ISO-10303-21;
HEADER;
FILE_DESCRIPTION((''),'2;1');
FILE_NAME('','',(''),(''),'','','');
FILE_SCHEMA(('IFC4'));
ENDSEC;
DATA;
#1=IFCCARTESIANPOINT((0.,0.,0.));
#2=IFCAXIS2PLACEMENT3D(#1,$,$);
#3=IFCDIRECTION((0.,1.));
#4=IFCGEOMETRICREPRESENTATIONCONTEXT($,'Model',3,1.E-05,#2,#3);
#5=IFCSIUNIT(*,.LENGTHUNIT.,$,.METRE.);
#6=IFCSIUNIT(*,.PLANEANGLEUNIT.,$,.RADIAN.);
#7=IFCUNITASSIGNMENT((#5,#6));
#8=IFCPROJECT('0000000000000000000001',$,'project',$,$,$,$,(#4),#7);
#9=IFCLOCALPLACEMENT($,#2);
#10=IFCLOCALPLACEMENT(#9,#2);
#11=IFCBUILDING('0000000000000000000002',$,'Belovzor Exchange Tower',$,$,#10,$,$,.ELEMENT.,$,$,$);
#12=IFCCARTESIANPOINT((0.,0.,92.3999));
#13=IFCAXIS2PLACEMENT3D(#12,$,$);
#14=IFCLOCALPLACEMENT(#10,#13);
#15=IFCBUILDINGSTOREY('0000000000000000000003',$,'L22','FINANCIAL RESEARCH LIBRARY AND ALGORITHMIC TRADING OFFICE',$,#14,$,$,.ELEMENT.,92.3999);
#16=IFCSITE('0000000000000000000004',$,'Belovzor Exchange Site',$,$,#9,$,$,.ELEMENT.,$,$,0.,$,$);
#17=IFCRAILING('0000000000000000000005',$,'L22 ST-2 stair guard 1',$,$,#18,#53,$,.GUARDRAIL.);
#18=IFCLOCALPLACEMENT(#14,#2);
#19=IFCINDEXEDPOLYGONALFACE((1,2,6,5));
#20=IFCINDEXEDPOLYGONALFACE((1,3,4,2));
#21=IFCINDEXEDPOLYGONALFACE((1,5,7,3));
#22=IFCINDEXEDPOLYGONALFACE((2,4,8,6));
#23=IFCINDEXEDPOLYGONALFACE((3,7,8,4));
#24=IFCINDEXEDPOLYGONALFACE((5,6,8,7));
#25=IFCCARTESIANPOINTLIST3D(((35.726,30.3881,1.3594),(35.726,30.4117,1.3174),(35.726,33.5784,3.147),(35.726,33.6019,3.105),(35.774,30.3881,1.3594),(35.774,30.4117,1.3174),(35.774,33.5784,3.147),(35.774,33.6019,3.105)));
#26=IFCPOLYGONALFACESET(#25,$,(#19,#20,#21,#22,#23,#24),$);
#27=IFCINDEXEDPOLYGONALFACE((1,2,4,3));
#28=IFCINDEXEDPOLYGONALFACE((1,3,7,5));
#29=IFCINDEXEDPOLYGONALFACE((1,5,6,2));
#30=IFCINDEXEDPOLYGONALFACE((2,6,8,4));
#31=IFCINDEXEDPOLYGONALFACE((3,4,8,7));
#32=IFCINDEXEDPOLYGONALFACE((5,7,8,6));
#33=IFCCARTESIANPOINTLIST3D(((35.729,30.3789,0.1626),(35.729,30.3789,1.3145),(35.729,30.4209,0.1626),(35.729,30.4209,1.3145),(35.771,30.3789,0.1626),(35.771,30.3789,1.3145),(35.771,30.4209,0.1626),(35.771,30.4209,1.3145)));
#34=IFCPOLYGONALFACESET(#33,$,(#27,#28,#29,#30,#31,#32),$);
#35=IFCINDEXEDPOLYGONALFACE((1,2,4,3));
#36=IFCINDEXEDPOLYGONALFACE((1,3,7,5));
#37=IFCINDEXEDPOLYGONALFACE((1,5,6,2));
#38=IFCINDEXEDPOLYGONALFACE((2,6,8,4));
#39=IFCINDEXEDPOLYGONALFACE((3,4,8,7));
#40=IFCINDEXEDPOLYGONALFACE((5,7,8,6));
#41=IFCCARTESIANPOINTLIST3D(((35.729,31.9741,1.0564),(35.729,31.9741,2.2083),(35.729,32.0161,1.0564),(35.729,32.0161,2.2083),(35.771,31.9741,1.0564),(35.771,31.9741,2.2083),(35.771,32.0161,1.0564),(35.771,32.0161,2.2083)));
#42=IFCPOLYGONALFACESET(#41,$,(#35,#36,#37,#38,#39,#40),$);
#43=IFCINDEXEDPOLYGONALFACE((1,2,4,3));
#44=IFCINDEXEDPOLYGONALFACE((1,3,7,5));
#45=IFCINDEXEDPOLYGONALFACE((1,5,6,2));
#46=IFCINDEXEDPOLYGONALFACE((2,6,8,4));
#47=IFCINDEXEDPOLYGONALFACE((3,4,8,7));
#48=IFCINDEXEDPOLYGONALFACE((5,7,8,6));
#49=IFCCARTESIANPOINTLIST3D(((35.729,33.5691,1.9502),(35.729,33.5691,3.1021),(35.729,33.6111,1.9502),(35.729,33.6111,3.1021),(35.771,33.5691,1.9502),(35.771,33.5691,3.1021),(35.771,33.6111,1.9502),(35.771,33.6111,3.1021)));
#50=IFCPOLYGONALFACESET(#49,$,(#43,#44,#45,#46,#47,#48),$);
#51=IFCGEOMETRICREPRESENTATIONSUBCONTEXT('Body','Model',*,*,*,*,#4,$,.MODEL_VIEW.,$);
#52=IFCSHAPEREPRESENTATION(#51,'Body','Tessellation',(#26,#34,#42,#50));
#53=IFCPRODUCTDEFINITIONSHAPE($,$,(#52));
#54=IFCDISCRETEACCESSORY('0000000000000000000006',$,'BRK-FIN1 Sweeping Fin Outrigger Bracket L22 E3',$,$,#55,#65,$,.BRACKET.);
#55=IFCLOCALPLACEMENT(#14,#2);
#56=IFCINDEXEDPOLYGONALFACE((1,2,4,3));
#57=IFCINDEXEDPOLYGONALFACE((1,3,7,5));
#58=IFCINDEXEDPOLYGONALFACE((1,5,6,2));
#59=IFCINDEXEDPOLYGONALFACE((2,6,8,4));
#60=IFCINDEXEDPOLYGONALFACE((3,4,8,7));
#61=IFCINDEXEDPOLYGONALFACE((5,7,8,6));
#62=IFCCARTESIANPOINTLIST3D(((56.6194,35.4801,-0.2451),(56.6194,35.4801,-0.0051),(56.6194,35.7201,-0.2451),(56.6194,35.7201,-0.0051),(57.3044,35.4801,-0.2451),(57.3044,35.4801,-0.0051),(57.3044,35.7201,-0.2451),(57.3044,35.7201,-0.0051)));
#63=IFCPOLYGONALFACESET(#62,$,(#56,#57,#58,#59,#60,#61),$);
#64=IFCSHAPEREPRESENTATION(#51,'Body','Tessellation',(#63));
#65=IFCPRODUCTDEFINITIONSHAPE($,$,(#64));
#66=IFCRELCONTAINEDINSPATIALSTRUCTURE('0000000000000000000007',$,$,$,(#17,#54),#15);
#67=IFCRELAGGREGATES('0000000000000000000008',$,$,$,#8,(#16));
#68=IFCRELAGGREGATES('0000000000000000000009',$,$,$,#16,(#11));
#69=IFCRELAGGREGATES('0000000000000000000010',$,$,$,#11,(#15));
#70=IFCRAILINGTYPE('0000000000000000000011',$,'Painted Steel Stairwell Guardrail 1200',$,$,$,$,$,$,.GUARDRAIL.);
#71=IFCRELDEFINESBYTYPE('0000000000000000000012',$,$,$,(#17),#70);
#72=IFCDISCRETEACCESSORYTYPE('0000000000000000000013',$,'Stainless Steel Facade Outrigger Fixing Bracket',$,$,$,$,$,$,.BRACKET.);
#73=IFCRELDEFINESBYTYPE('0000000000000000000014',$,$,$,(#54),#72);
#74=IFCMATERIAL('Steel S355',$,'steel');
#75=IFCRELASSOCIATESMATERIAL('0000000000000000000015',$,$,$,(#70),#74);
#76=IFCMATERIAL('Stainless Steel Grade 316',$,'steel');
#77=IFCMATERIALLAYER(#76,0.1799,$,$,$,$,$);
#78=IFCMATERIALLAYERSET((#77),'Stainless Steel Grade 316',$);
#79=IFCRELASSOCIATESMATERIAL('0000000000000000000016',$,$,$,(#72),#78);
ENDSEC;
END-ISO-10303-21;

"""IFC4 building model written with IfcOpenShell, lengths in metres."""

from ifc_helpers import new_model, si_unit, direction, frame, origin, origin_2d, place, context, subcontext, project, spatial, rectangle, extrude, material, layer, layer_set, type_object, element, save


model = new_model("IFC4")

# Units and contexts
model_context = context("Model", 3, precision=1e-05, world=origin(), true_north=direction((0.0, 1.0)))
body_context = subcontext(model_context, "Body", "Model", "MODEL_VIEW")
ifc_project = project(units=[si_unit("LENGTHUNIT", "METRE"), si_unit("PLANEANGLEUNIT", "RADIAN")], contexts=[model_context])

# Site, building, storey
site_placement = place(None, origin())
site = spatial("IfcSite", under=ifc_project, at=site_placement, Name="Belovzor Exchange Site", CompositionType="ELEMENT", RefElevation=0.0)
building_placement = place(site_placement, origin())
building = spatial("IfcBuilding", under=site, at=building_placement, Name="Belovzor Exchange Tower", CompositionType="ELEMENT")
storey_placement = place(building_placement, frame((0.0, 0.0, 92.3999)))
storey = spatial("IfcBuildingStorey", under=building, at=storey_placement, Name="L22", Description="FINANCIAL RESEARCH LIBRARY AND ALGORITHMIC TRADING OFFICE", CompositionType="ELEMENT", Elevation=92.3999)

# Railing
ifc_material_1 = material(Name="Steel S355", Category="steel")
railing_type_1 = type_object("IfcRailingType", Name="Painted Steel Stairwell Guardrail 1200", PredefinedType="GUARDRAIL", material=ifc_material_1)
railing_1_placement = place(storey_placement, frame((35.75, 30.3999, 0.1626)))
element("IfcRailing", 1, at=railing_1_placement, inside=storey, type_object=railing_type_1, Name="L22 ST-2 stair guard 1", PredefinedType="GUARDRAIL", context=body_context, shape_type="SweptSolid", body=[
    extrude(rectangle(XDim=0.0481, YDim=0.0481, at=origin_2d()), frame((0.0, 0.0, 1.1758), z_axis=(0.0, 0.872378, 0.488831), x_axis=(-1.0, 0.0, 0.0)), (0.0, 0.0, 1.0), 3.657),
    extrude(rectangle(XDim=0.042, YDim=0.042, at=origin_2d()), origin(), (0.0, 0.0, 1.0), 1.1519),
    extrude(rectangle(XDim=0.042, YDim=0.042, at=origin_2d()), frame((0.0, 1.5952, 0.8938)), (0.0, 0.0, 1.0), 1.1519),
    extrude(rectangle(XDim=0.042, YDim=0.042, at=origin_2d()), frame((0.0, 3.1902, 1.7876)), (0.0, 0.0, 1.0), 1.1519),
])

# Discrete accessory
ifc_material_2 = material(Name="Stainless Steel Grade 316", Category="steel")
ifc_layer_1 = layer(ifc_material_2, 0.1799)
ifc_layer_set_1 = layer_set([ifc_layer_1], Name="Stainless Steel Grade 316")
discrete_accessory_type = type_object("IfcDiscreteAccessoryType", Name="Stainless Steel Facade Outrigger Fixing Bracket", PredefinedType="BRACKET", material=ifc_layer_set_1)
discrete_accessory_placement = place(storey_placement, frame((56.9619, 35.6001, -0.2451), z_axis=(0.0, 0.0, 1.0), x_axis=(1.0, 0.0, 0.0)))
element("IfcDiscreteAccessory", 2, at=discrete_accessory_placement, inside=storey, type_object=discrete_accessory_type, Name="BRK-FIN1 Sweeping Fin Outrigger Bracket L22 E3", PredefinedType="BRACKET", context=body_context, shape_type="SweptSolid", body=[
    extrude(rectangle(XDim=0.6851, YDim=0.24, at=origin_2d()), origin(), (0.0, 0.0, 1.0), 0.24),
])

save(model, "model.ifc")
